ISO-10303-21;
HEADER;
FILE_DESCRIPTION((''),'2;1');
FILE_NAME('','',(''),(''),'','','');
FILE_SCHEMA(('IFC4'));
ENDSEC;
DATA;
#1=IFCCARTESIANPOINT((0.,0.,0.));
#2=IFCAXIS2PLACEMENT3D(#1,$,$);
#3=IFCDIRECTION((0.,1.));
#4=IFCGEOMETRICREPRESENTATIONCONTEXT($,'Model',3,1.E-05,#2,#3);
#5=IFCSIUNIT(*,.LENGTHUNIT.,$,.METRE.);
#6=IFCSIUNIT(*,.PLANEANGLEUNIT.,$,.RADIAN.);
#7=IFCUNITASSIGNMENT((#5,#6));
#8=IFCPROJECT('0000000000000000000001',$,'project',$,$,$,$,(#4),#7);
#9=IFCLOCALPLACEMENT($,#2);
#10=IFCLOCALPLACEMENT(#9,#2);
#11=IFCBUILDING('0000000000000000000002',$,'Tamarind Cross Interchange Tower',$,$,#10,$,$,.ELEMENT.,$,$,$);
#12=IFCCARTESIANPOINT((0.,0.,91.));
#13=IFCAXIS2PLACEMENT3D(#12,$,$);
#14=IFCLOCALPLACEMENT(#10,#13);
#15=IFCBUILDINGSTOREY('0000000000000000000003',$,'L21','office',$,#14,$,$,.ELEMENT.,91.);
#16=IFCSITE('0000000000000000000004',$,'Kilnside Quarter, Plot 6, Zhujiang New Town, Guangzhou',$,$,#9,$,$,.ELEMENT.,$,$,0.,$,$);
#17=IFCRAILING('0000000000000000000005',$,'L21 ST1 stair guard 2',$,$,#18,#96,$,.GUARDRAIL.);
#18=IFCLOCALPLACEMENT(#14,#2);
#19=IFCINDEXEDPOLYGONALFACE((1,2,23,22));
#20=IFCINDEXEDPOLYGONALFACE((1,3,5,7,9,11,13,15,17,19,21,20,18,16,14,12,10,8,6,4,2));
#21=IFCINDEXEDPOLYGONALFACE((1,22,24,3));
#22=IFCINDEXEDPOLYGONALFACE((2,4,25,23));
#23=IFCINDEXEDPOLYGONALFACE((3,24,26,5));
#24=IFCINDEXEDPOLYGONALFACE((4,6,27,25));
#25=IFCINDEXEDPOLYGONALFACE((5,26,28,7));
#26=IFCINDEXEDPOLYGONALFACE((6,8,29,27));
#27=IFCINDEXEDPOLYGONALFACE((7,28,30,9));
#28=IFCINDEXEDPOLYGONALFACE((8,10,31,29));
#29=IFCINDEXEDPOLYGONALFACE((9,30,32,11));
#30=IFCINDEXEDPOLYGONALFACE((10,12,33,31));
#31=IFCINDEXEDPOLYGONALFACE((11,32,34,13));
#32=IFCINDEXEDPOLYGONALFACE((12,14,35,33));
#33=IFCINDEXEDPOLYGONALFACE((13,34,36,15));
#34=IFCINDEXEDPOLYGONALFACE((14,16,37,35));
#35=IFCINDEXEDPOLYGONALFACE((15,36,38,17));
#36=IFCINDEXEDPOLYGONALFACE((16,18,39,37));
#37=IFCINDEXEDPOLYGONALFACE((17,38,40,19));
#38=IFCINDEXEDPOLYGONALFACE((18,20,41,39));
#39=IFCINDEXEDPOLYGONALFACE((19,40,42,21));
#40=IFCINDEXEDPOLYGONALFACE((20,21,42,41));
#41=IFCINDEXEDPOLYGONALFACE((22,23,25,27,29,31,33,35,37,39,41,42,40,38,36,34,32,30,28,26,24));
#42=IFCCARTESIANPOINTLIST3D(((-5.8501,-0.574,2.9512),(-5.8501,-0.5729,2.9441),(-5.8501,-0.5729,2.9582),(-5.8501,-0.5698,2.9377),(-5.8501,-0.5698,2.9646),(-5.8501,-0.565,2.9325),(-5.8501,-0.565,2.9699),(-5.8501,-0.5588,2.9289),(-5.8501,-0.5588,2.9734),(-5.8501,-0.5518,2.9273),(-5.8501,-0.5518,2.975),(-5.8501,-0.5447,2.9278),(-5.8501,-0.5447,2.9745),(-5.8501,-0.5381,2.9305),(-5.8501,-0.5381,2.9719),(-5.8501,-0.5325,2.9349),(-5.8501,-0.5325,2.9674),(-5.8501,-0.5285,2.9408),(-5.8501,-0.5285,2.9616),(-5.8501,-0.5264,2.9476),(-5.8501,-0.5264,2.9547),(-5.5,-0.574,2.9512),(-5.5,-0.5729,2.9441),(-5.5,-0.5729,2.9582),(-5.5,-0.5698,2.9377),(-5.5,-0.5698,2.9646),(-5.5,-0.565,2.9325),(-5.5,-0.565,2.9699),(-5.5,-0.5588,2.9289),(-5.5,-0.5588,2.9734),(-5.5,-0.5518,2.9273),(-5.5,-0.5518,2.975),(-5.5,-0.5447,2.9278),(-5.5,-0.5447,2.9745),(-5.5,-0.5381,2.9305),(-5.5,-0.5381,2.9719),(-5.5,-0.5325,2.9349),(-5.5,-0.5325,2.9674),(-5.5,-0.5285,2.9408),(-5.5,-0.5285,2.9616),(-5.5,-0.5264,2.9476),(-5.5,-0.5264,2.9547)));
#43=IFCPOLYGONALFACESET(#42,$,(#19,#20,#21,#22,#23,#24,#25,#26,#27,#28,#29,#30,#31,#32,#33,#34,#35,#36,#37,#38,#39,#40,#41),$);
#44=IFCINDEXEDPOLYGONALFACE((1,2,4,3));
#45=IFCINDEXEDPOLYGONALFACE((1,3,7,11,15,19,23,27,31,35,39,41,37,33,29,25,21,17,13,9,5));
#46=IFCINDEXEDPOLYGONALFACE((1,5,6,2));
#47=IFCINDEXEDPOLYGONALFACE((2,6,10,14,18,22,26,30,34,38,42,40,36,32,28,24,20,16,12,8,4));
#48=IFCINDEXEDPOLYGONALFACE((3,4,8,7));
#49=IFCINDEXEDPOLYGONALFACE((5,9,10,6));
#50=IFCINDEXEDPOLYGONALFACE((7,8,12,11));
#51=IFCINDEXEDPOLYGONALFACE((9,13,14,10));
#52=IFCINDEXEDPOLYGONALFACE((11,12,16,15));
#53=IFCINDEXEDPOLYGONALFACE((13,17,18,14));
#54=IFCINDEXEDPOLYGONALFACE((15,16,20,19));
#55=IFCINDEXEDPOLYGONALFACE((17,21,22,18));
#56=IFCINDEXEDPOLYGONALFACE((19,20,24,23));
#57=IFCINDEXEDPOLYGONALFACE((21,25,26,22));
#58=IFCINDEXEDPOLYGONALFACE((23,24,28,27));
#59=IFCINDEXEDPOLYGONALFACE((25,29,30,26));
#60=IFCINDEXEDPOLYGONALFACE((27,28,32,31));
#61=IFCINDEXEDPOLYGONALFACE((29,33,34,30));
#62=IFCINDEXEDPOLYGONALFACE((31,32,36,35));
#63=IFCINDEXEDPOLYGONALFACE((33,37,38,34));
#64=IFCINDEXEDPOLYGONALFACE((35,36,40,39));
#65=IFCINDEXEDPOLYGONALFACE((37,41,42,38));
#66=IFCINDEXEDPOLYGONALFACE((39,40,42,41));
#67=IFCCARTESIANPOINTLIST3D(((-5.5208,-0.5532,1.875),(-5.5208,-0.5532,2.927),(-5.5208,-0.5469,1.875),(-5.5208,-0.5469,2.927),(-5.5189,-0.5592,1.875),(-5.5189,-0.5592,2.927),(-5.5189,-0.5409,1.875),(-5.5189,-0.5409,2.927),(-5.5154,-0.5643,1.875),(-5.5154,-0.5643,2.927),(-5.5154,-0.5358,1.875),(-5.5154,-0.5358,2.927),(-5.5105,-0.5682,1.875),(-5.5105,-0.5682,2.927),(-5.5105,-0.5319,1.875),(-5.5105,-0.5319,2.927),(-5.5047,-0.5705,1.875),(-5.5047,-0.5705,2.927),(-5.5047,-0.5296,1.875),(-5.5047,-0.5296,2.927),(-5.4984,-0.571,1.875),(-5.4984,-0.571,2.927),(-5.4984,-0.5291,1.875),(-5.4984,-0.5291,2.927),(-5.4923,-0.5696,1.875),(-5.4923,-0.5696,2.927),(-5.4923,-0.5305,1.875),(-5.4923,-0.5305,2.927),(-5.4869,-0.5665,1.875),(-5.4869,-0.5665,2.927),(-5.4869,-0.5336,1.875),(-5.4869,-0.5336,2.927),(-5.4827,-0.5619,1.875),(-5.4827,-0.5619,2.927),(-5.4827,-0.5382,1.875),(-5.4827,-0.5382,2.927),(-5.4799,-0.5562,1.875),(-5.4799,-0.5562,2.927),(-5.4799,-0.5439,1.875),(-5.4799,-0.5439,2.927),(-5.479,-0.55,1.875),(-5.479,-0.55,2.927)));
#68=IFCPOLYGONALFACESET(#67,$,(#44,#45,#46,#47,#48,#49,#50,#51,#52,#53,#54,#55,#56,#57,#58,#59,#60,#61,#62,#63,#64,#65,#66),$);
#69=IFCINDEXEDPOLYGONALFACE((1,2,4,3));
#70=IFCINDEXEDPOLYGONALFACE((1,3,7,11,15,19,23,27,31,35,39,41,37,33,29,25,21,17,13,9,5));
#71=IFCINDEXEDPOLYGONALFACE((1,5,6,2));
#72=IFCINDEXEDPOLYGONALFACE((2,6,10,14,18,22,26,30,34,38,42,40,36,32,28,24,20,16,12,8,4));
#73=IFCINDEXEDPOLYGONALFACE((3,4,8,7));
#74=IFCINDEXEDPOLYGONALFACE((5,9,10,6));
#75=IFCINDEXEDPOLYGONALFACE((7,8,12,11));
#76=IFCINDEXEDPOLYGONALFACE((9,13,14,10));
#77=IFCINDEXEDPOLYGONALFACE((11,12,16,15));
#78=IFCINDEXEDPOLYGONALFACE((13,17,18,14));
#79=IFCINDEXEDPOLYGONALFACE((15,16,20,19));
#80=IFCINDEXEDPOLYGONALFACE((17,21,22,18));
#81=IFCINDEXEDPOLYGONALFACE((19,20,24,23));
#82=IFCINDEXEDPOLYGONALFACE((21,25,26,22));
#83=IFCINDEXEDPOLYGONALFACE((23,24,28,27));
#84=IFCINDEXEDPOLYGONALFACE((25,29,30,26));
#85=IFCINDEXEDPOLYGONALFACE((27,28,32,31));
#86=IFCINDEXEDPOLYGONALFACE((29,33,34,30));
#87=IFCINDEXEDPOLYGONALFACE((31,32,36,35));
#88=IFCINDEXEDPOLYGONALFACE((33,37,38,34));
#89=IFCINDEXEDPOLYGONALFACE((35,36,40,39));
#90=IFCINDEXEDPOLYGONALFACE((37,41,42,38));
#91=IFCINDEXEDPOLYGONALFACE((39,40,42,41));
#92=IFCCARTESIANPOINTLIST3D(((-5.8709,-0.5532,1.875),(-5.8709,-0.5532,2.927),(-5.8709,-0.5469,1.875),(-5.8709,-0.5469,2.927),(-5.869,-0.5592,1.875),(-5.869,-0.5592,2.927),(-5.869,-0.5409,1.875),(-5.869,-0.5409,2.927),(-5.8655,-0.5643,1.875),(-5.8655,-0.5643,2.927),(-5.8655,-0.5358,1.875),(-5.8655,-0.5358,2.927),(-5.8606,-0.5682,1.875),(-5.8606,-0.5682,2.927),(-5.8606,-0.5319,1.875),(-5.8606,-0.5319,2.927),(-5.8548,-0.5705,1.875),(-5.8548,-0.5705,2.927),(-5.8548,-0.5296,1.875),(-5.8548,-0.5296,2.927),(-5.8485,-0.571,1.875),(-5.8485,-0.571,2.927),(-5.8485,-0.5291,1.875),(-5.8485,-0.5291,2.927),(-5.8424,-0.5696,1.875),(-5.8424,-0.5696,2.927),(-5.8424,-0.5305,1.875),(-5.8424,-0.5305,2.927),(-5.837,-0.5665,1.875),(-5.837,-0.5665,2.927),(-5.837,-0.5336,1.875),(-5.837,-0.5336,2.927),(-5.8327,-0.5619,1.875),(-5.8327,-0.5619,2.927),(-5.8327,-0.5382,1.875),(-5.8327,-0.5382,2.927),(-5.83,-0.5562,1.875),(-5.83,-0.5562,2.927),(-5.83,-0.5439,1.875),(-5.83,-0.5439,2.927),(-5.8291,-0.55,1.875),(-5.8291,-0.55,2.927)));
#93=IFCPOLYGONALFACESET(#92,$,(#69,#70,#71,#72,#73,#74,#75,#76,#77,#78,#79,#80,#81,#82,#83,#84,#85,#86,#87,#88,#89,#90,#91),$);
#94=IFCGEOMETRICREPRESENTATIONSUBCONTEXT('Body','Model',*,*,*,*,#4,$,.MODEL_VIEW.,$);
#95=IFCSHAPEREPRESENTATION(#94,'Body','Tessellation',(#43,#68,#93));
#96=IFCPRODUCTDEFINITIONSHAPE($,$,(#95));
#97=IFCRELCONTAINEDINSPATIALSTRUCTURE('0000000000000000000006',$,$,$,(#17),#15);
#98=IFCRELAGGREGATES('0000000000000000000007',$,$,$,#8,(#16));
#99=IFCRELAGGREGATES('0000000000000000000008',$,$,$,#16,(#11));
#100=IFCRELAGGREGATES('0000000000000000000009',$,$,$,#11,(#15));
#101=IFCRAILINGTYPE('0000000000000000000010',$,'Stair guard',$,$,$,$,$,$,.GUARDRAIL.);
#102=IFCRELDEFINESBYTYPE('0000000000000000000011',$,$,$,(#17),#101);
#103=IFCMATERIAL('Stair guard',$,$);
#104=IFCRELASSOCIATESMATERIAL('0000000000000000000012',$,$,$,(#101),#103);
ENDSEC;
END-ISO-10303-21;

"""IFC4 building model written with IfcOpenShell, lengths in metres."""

from ifc_helpers import new_model, si_unit, direction, frame, origin, origin_2d, place, context, subcontext, project, spatial, circle, extrude, material, type_object, element, save


model = new_model("IFC4")

# Units and contexts
model_context = context("Model", 3, precision=1e-05, world=origin(), true_north=direction((0.0, 1.0)))
body_context = subcontext(model_context, "Body", "Model", "MODEL_VIEW")
ifc_project = project(units=[si_unit("LENGTHUNIT", "METRE"), si_unit("PLANEANGLEUNIT", "RADIAN")], contexts=[model_context])

# Site, building, storey
site_placement = place(None, origin())
site = spatial("IfcSite", under=ifc_project, at=site_placement, Name="Kilnside Quarter, Plot 6, Zhujiang New Town, Guangzhou", CompositionType="ELEMENT", RefElevation=0.0)
building_placement = place(site_placement, origin())
building = spatial("IfcBuilding", under=site, at=building_placement, Name="Tamarind Cross Interchange Tower", CompositionType="ELEMENT")
storey_placement = place(building_placement, frame((0.0, 0.0, 91.0)))
storey = spatial("IfcBuildingStorey", under=building, at=storey_placement, Name="L21", Description="office", CompositionType="ELEMENT", Elevation=91.0)

# Railing
ifc_material_1 = material(Name="Stair guard")
railing_type_1 = type_object("IfcRailingType", Name="Stair guard", PredefinedType="GUARDRAIL", material=ifc_material_1)
railing_1_placement = place(storey_placement, frame((-5.5, -0.55, 1.875)))
element("IfcRailing", 1, at=railing_1_placement, inside=storey, type_object=railing_type_1, Name="L21 ST1 stair guard 2", PredefinedType="GUARDRAIL", context=body_context, shape_type="SweptSolid", body=[
    extrude(circle(Radius=0.0239, at=origin_2d()), frame((0.0, 0.0, 1.0762), z_axis=(-1.0, 0.0, 0.0), x_axis=(0.0, -1.0, 0.0)), (0.0, 0.0, 1.0), 0.3501),
    extrude(circle(Radius=0.021, at=origin_2d()), origin(), (0.0, 0.0, 1.0), 1.052),
    extrude(circle(Radius=0.021, at=origin_2d()), frame((-0.3501, 0.0, 0.0)), (0.0, 0.0, 1.0), 1.052),
])

save(model, "model.ifc")
